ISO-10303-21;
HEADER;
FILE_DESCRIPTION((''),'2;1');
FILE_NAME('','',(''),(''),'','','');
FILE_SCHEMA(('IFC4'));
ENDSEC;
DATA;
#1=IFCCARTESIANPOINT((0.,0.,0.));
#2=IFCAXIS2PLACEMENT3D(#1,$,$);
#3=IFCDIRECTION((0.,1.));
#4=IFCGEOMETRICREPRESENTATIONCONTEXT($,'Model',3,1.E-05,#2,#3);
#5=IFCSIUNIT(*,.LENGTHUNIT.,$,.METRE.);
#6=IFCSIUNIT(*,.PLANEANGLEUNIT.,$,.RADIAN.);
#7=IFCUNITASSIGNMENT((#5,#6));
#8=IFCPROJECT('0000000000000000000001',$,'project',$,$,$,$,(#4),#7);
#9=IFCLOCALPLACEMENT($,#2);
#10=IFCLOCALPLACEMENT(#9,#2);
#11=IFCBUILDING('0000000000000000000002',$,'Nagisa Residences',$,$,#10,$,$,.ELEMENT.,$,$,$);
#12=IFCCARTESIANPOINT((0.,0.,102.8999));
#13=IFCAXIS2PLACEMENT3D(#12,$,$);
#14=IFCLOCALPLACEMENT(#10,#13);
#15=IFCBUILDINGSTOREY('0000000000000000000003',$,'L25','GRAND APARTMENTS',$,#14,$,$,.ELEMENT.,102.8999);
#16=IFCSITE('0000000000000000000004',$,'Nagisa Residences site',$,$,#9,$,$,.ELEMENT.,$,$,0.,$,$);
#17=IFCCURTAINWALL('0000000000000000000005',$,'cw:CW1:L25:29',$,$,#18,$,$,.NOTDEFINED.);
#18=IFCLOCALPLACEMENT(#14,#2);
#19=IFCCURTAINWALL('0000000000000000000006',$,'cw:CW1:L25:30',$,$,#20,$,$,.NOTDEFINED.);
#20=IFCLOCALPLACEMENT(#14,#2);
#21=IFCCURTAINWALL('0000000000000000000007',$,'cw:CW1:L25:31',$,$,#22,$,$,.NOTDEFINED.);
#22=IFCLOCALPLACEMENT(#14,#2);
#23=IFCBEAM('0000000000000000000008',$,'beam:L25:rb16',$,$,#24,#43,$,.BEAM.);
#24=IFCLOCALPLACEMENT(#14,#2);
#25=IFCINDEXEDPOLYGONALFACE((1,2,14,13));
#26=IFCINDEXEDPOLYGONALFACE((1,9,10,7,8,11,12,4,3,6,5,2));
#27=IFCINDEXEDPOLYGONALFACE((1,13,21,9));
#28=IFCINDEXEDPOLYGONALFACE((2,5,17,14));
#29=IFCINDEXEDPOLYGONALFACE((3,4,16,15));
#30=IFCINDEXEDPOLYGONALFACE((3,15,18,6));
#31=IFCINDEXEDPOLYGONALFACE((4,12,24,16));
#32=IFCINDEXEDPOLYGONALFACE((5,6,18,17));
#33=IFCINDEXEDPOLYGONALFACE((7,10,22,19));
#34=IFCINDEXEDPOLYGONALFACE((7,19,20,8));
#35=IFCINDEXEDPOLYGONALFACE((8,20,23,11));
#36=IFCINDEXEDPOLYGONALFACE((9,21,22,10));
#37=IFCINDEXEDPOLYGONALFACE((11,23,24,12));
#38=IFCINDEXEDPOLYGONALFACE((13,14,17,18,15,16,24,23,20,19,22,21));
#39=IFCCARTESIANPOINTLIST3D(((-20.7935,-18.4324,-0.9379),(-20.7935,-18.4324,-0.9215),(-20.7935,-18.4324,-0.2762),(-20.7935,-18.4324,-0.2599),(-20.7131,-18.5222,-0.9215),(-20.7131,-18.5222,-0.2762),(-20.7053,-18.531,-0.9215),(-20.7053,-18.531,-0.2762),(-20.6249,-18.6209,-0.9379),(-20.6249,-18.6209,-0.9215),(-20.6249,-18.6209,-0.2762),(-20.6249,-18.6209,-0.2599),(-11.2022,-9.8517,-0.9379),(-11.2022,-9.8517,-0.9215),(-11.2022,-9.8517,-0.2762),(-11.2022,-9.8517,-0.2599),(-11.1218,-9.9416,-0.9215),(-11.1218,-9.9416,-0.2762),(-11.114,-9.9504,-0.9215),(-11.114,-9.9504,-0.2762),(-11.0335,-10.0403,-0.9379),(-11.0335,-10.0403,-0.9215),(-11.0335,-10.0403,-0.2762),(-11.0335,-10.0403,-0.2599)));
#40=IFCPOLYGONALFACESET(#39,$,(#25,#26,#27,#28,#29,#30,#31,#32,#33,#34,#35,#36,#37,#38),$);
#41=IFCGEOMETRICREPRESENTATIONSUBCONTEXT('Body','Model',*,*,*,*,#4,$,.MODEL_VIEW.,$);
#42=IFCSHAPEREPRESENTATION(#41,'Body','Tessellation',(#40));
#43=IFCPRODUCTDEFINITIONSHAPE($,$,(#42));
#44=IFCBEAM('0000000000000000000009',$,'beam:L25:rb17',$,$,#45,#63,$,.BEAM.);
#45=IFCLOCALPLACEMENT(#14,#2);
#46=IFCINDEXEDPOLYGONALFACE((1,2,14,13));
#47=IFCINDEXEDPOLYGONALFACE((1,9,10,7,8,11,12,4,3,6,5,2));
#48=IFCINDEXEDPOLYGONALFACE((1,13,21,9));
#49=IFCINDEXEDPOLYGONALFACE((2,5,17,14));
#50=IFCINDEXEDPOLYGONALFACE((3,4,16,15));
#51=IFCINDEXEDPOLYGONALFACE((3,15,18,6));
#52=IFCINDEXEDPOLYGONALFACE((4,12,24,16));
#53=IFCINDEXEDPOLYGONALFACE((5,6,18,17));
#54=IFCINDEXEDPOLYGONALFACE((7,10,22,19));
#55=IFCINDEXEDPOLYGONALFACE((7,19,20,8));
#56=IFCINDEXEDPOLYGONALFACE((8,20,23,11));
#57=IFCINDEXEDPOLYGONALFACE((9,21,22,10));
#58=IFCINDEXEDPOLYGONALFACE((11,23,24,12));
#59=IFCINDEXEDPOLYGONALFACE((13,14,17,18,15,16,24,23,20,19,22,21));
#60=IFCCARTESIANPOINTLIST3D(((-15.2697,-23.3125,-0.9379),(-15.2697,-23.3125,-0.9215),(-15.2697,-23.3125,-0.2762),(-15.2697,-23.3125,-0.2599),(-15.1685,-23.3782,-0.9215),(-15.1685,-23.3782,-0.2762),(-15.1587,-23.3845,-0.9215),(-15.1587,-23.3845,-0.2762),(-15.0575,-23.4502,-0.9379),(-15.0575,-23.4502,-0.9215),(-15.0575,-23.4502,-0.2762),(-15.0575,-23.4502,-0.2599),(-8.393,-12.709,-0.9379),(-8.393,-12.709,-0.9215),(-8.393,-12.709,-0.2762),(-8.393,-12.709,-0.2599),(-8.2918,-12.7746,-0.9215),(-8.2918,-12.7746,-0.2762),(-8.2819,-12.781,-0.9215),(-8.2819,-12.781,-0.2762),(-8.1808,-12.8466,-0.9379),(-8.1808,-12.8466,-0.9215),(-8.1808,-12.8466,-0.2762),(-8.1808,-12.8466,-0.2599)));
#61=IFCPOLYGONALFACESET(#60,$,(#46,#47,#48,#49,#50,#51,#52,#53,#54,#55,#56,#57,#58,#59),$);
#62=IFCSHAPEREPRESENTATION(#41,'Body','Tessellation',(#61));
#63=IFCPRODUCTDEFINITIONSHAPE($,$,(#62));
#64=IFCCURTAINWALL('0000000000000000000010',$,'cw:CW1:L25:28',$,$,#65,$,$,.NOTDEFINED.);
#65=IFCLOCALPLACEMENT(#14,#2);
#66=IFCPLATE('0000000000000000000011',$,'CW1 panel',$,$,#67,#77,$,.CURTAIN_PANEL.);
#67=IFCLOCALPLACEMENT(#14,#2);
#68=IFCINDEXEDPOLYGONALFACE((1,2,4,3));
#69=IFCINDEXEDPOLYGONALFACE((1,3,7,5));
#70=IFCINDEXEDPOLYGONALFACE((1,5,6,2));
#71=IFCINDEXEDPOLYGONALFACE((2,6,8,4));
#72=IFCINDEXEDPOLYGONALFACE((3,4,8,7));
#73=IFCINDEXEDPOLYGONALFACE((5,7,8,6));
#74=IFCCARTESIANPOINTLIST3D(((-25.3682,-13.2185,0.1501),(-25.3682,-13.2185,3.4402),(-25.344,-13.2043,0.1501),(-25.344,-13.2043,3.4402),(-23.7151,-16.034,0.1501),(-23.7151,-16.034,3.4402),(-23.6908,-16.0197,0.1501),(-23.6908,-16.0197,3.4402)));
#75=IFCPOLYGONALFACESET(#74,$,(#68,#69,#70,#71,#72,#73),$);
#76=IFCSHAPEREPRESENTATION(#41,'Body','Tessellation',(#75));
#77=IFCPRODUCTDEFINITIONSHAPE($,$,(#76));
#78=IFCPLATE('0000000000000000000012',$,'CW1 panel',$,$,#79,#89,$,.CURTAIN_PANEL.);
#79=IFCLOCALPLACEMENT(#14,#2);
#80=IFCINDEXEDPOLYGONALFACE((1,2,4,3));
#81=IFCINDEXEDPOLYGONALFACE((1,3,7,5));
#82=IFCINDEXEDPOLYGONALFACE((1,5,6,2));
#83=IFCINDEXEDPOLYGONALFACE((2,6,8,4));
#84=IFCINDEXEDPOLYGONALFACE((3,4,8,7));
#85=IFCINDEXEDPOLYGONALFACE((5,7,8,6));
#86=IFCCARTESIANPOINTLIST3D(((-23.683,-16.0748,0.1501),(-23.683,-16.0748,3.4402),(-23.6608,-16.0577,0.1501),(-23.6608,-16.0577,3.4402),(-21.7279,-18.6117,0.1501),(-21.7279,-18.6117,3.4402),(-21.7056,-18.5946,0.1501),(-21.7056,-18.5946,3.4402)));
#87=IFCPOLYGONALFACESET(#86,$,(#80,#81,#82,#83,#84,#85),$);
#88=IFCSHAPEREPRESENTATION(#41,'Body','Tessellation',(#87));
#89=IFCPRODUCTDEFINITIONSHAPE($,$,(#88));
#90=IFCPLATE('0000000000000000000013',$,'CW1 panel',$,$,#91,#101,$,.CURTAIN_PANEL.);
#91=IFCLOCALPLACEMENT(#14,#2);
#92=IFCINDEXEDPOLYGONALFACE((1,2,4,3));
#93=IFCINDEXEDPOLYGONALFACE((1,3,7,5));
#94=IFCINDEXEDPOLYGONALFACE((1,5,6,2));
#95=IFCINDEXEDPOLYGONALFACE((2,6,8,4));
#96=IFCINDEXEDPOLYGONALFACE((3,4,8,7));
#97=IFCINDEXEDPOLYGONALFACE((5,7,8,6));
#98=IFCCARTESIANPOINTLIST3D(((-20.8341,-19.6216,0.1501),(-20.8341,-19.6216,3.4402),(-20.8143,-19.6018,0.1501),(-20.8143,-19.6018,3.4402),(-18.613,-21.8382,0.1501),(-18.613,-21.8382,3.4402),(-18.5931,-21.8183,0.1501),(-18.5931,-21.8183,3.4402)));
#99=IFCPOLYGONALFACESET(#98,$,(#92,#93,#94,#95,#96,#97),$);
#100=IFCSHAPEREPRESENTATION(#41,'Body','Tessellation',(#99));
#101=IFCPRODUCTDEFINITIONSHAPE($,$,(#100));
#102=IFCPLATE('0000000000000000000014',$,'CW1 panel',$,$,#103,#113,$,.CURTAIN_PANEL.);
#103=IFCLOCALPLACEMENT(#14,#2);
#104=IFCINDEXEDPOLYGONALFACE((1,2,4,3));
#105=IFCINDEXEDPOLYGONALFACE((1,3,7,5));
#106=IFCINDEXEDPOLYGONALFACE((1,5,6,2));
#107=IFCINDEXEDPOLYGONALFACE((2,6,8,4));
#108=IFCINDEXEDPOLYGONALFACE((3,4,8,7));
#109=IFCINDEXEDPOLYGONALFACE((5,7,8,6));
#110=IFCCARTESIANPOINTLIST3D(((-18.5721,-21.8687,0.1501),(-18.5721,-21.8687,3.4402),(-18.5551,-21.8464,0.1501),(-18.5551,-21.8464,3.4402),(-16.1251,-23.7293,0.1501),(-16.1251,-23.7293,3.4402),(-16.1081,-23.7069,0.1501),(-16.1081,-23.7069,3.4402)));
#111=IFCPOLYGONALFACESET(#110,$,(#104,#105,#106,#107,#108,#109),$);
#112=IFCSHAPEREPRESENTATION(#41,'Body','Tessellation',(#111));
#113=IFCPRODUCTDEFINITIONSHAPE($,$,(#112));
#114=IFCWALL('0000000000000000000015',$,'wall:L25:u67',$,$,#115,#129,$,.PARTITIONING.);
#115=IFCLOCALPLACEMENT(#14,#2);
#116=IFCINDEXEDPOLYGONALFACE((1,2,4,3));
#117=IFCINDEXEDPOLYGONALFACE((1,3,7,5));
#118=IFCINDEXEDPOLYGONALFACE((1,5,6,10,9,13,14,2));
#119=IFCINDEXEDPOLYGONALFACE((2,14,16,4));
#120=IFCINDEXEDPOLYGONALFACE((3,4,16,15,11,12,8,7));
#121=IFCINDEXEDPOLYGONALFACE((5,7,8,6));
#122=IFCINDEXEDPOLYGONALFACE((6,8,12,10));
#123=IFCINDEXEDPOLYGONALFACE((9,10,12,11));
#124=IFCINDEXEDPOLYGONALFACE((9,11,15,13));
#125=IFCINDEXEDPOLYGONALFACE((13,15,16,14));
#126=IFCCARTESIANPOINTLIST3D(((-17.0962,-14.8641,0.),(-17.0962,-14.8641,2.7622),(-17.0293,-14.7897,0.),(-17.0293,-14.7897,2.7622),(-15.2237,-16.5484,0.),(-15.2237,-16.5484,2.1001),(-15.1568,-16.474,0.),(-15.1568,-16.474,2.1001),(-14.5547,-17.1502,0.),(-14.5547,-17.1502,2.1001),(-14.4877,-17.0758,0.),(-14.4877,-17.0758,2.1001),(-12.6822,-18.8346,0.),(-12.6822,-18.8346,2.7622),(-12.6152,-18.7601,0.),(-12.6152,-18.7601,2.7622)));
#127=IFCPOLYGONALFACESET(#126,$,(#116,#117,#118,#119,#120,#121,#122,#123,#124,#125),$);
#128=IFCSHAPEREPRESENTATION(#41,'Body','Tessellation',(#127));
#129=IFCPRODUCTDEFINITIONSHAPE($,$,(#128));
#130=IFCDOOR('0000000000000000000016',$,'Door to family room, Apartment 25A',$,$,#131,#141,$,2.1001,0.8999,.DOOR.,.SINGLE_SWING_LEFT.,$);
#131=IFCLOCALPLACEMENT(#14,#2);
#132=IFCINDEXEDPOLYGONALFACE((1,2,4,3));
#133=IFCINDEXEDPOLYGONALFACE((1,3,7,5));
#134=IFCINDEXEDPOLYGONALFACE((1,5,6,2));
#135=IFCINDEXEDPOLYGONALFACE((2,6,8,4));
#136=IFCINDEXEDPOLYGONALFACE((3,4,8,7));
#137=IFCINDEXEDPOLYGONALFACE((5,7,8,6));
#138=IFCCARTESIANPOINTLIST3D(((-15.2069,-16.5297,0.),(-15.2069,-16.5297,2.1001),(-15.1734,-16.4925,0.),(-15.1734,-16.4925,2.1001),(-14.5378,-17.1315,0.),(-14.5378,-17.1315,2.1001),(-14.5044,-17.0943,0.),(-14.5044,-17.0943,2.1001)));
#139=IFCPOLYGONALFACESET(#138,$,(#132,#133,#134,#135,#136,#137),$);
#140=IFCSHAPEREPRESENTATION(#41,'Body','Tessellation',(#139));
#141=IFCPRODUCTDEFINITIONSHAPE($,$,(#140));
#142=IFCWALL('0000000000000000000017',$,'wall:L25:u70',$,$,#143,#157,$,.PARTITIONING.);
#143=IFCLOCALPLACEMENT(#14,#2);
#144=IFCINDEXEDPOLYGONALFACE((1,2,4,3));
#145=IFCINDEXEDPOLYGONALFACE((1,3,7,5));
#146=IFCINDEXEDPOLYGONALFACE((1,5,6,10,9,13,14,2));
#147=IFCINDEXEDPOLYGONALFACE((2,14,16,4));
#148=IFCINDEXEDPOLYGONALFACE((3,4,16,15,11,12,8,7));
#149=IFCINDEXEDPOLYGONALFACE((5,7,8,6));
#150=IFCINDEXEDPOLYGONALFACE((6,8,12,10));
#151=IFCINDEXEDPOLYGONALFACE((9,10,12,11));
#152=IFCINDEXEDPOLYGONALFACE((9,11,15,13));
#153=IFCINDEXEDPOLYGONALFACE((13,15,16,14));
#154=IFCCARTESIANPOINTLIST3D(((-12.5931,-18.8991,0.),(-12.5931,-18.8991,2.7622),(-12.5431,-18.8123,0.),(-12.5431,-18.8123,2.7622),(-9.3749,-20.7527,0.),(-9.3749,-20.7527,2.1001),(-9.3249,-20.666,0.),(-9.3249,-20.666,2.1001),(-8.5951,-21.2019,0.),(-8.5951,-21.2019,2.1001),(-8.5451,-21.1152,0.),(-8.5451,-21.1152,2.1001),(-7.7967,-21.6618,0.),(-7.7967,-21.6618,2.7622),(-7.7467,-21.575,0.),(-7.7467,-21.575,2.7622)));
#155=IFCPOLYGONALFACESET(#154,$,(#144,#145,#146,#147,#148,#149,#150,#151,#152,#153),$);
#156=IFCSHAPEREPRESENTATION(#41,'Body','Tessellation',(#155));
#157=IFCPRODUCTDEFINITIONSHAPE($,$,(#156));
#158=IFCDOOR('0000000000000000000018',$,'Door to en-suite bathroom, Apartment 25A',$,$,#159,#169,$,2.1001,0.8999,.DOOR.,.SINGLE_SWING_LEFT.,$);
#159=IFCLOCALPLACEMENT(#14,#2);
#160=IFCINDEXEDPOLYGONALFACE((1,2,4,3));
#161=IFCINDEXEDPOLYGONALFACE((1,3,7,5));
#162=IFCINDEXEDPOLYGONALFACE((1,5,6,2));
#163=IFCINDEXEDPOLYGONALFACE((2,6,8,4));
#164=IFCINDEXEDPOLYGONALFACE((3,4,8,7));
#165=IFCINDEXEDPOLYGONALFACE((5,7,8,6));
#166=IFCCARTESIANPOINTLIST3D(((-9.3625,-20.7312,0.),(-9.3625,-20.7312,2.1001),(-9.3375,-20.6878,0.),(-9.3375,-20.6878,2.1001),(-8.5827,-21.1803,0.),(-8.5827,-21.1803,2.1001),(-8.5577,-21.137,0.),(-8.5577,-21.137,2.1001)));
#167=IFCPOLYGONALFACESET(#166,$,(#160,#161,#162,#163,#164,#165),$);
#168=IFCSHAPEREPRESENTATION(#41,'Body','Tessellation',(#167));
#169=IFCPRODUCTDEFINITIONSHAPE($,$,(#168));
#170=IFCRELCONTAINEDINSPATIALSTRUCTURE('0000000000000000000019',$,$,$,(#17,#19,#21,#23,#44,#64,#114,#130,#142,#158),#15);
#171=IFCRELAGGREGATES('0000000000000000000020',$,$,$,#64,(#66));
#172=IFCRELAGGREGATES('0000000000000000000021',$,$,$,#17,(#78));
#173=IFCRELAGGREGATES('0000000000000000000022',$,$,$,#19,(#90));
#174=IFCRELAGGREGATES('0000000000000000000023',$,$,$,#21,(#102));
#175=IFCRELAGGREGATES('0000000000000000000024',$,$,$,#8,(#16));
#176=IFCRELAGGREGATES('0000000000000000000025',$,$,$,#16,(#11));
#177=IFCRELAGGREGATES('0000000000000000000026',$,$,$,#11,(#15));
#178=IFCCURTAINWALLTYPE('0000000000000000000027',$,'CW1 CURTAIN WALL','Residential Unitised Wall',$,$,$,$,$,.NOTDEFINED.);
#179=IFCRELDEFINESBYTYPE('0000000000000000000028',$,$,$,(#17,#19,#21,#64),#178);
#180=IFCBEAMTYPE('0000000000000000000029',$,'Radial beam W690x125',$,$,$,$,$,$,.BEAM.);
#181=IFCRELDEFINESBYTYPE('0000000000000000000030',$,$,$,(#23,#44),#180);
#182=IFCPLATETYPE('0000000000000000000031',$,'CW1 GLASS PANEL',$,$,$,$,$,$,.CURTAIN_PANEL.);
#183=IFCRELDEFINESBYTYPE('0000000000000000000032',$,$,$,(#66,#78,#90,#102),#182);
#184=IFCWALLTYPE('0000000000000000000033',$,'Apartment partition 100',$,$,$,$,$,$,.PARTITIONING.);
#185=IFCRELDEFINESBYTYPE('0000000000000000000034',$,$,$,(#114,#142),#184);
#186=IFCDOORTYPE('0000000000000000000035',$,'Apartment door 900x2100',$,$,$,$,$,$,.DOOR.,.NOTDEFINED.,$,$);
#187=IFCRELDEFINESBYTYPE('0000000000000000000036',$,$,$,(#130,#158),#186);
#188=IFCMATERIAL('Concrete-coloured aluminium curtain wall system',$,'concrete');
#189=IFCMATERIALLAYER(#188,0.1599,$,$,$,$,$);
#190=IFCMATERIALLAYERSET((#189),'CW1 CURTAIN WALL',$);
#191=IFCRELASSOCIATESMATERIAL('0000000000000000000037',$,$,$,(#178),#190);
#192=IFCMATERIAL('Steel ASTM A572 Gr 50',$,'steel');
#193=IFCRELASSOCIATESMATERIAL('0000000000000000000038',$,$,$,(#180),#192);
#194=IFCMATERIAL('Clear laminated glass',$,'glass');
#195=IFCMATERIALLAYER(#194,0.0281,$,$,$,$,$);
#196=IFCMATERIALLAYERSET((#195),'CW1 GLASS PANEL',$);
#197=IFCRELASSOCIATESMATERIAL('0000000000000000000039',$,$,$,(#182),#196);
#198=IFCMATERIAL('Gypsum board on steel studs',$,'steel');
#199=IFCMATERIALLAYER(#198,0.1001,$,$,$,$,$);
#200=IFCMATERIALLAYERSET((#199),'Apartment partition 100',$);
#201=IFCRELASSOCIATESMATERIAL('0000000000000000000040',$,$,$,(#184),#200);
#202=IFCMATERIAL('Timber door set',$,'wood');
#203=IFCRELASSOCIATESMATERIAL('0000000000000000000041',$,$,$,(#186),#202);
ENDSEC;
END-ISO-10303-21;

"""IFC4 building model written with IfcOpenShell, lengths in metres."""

from ifc_helpers import new_model, si_unit, direction, frame, frame_2d, origin, origin_2d, place, context, subcontext, project, spatial, rectangle, i_section, extrude, material, layer, layer_set, material_profile, profile_set, type_object, element, fill, aggregate, save


model = new_model("IFC4")

# Units and contexts
model_context = context("Model", 3, precision=1e-05, world=origin(), true_north=direction((0.0, 1.0)))
body_context = subcontext(model_context, "Body", "Model", "MODEL_VIEW")
ifc_project = project(units=[si_unit("LENGTHUNIT", "METRE"), si_unit("PLANEANGLEUNIT", "RADIAN")], contexts=[model_context])

# Site, building, storey
site_placement = place(None, origin())
site = spatial("IfcSite", under=ifc_project, at=site_placement, Name="Nagisa Residences site", CompositionType="ELEMENT", RefElevation=0.0)
building_placement = place(site_placement, origin())
building = spatial("IfcBuilding", under=site, at=building_placement, Name="Nagisa Residences", CompositionType="ELEMENT")
storey_placement = place(building_placement, frame((0.0, 0.0, 102.8999)))
storey = spatial("IfcBuildingStorey", under=building, at=storey_placement, Name="L25", Description="GRAND APARTMENTS", CompositionType="ELEMENT", Elevation=102.8999)

# Curtain walls
ifc_material_1 = material(Name="Concrete-coloured aluminium curtain wall system", Category="concrete")
ifc_layer_1 = layer(ifc_material_1, 0.1599)
ifc_layer_set_1 = layer_set([ifc_layer_1], Name="CW1 CURTAIN WALL")
curtain_wall_type = type_object("IfcCurtainWallType", Name="CW1 CURTAIN WALL", Description="Residential Unitised Wall", PredefinedType="NOTDEFINED", material=ifc_layer_set_1)
curtain_wall_1_placement = place(storey_placement, origin())
curtain_wall_1 = element("IfcCurtainWall", 1, at=curtain_wall_1_placement, inside=storey, type_object=curtain_wall_type, Name="cw:CW1:L25:29", PredefinedType="NOTDEFINED")
curtain_wall_2_placement = place(storey_placement, origin())
curtain_wall_2 = element("IfcCurtainWall", 2, at=curtain_wall_2_placement, inside=storey, type_object=curtain_wall_type, Name="cw:CW1:L25:30", PredefinedType="NOTDEFINED")
curtain_wall_3_placement = place(storey_placement, origin())
curtain_wall_3 = element("IfcCurtainWall", 3, at=curtain_wall_3_placement, inside=storey, type_object=curtain_wall_type, Name="cw:CW1:L25:31", PredefinedType="NOTDEFINED")

# Beams
ifc_material_2 = material(Name="Steel ASTM A572 Gr 50", Category="steel")
ifc_material_profile_1 = material_profile(ifc_material_2, i_section(OverallWidth=0.2529, OverallDepth=0.678, WebThickness=0.0117, FlangeThickness=0.0164, at=origin_2d()), Name="W690x125")
ifc_profile_set_1 = profile_set([ifc_material_profile_1], Name="Steel ASTM A572 Gr 50")
beam_type_1 = type_object("IfcBeamType", Name="Radial beam W690x125", PredefinedType="BEAM", material=ifc_profile_set_1)
beam_1_placement = place(storey_placement, frame((-20.7092, -18.5266, -0.5989), z_axis=(0.745285, 0.666746, 0.0), x_axis=(-0.666746, 0.745285, 0.0)))
element("IfcBeam", 4, at=beam_1_placement, inside=storey, type_object=beam_type_1, Name="beam:L25:rb16", PredefinedType="BEAM", context=body_context, shape_type="SweptSolid", body=[
    extrude(i_section(OverallWidth=0.2529, OverallDepth=0.678, WebThickness=0.0117, FlangeThickness=0.0164, at=origin_2d()), origin(), (0.0, 0.0, 1.0), 12.8694),
])
beam_2_placement = place(storey_placement, frame((-15.1636, -23.3813, -0.5989), z_axis=(0.544122, 0.839006, 0.0), x_axis=(-0.839006, 0.544122, 0.0)))
element("IfcBeam", 5, at=beam_2_placement, inside=storey, type_object=beam_type_1, Name="beam:L25:rb17", PredefinedType="BEAM", context=body_context, shape_type="SweptSolid", body=[
    extrude(i_section(OverallWidth=0.2529, OverallDepth=0.678, WebThickness=0.0117, FlangeThickness=0.0164, at=origin_2d()), origin(), (0.0, 0.0, 1.0), 12.6382),
])

# Curtain wall, plate
curtain_wall_4_placement = place(storey_placement, origin())
curtain_wall_4 = element("IfcCurtainWall", 6, at=curtain_wall_4_placement, inside=storey, type_object=curtain_wall_type, Name="cw:CW1:L25:28", PredefinedType="NOTDEFINED")
ifc_material_3 = material(Name="Clear laminated glass", Category="glass")
ifc_layer_2 = layer(ifc_material_3, 0.0281)
ifc_layer_set_2 = layer_set([ifc_layer_2], Name="CW1 GLASS PANEL")
plate_type = type_object("IfcPlateType", Name="CW1 GLASS PANEL", PredefinedType="CURTAIN_PANEL", material=ifc_layer_set_2)
plate_1_placement = place(storey_placement, frame((-24.5295, -14.6191, 0.1501), z_axis=(0.0, 0.0, 1.0), x_axis=(0.506349, -0.862329, 0.0)))
plate_1 = element("IfcPlate", 7, at=plate_1_placement, type_object=plate_type, Name="CW1 panel", PredefinedType="CURTAIN_PANEL", context=body_context, shape_type="SweptSolid", body=[
    extrude(rectangle(XDim=3.2649, YDim=0.0281, at=origin_2d()), origin(), (0.0, 0.0, 1.0), 3.29),
])
aggregate(curtain_wall_4, [plate_1])

# Plates
plate_2_placement = place(storey_placement, frame((-22.6943, -17.3347, 0.1501), z_axis=(0.0, 0.0, 1.0), x_axis=(0.61043, -0.79207, 0.0)))
plate_2 = element("IfcPlate", 8, at=plate_2_placement, type_object=plate_type, Name="CW1 panel", PredefinedType="CURTAIN_PANEL", context=body_context, shape_type="SweptSolid", body=[
    extrude(rectangle(XDim=3.2029, YDim=0.0281, at=origin_2d()), origin(), (0.0, 0.0, 1.0), 3.29),
])
aggregate(curtain_wall_1, [plate_2])
plate_3_placement = place(storey_placement, frame((-19.7136, -20.72, 0.1501), z_axis=(0.0, 0.0, 1.0), x_axis=(0.707836, -0.706377, 0.0)))
plate_3 = element("IfcPlate", 9, at=plate_3_placement, type_object=plate_type, Name="CW1 panel", PredefinedType="CURTAIN_PANEL", context=body_context, shape_type="SweptSolid", body=[
    extrude(rectangle(XDim=3.1379, YDim=0.0281, at=origin_2d()), origin(), (0.0, 0.0, 1.0), 3.29),
])
aggregate(curtain_wall_2, [plate_3])
plate_4_placement = place(storey_placement, frame((-17.3401, -22.7878, 0.1501), z_axis=(0.0, 0.0, 1.0), x_axis=(0.796031, -0.605255, 0.0)))
plate_4 = element("IfcPlate", 10, at=plate_4_placement, type_object=plate_type, Name="CW1 panel", PredefinedType="CURTAIN_PANEL", context=body_context, shape_type="SweptSolid", body=[
    extrude(rectangle(XDim=3.074, YDim=0.0281, at=origin_2d()), origin(), (0.0, 0.0, 1.0), 3.29),
])
aggregate(curtain_wall_3, [plate_4])

# Walls, openings, doors
ifc_material_4 = material(Name="Gypsum board on steel studs", Category="steel")
ifc_layer_3 = layer(ifc_material_4, 0.1001)
ifc_layer_set_3 = layer_set([ifc_layer_3], Name="Apartment partition 100")
wall_type_1 = type_object("IfcWallType", Name="Apartment partition 100", PredefinedType="PARTITIONING", material=ifc_layer_set_3)
wall_1_placement = place(storey_placement, frame((-17.0627, -14.8269, 0.0), z_axis=(0.0, 0.0, 1.0), x_axis=(0.743478, -0.66876, 0.0)))
wall_1 = element("IfcWall", 11, at=wall_1_placement, inside=storey, type_object=wall_type_1, Name="wall:L25:u67", PredefinedType="PARTITIONING", context=body_context, shape_type="SweptSolid", body=[
    extrude(rectangle(XDim=5.937, YDim=0.1001, at=frame_2d((2.9685, 0.0))), origin(), (0.0, 0.0, 1.0), 2.7622),
])
opening_1_placement = place(wall_1_placement, frame((2.5186, 0.0, 0.0)))
opening_1 = element("IfcOpeningElement", 12, at=opening_1_placement, cuts=wall_1, PredefinedType="OPENING", context=body_context, shape_type="SweptSolid", body=[
    extrude(rectangle(XDim=0.8999, YDim=2.1001, at=frame_2d((0.45, 1.05))), frame((0.0, 0.0601, 0.0), z_axis=(0.0, -1.0, 0.0), x_axis=(1.0, 0.0, 0.0)), (0.0, 0.0, 1.0), 0.1201),
])
ifc_material_5 = material(Name="Timber door set", Category="wood")
door_type_1 = type_object("IfcDoorType", Name="Apartment door 900x2100", OperationType="NOTDEFINED", PredefinedType="DOOR", material=ifc_material_5)
door_1_placement = place(opening_1_placement, frame((0.8999, 0.0, 0.0), x_axis=(-1.0, 0.0, 0.0)))
door_1 = element("IfcDoor", 13, at=door_1_placement, inside=storey, type_object=door_type_1, Name="Door to family room, Apartment 25A", OperationType="SINGLE_SWING_LEFT", OverallHeight=2.1001, OverallWidth=0.8999, PredefinedType="DOOR", context=body_context, shape_type="SweptSolid", body=[
    extrude(rectangle(XDim=0.8999, YDim=2.1001, at=frame_2d((0.45, 1.05))), frame((0.0, 0.0249, 0.0), z_axis=(0.0, -1.0, 0.0), x_axis=(1.0, 0.0, 0.0)), (0.0, 0.0, 1.0), 0.05),
])
fill(opening_1, door_1)
wall_2_placement = place(storey_placement, frame((-12.5681, -18.8557, 0.0), z_axis=(0.0, 0.0, 1.0), x_axis=(0.866533, -0.499119, 0.0)))
wall_2 = element("IfcWall", 14, at=wall_2_placement, inside=storey, type_object=wall_type_1, Name="wall:L25:u70", PredefinedType="PARTITIONING", context=body_context, shape_type="SweptSolid", body=[
    extrude(rectangle(XDim=5.5352, YDim=0.1001, at=frame_2d((2.7676, 0.0))), origin(), (0.0, 0.0, 1.0), 2.7622),
])
opening_2_placement = place(wall_2_placement, frame((3.7139, 0.0, 0.0)))
opening_2 = element("IfcOpeningElement", 15, at=opening_2_placement, cuts=wall_2, PredefinedType="OPENING", context=body_context, shape_type="SweptSolid", body=[
    extrude(rectangle(XDim=0.8999, YDim=2.1001, at=frame_2d((0.45, 1.05))), frame((0.0, 0.0601, 0.0), z_axis=(0.0, -1.0, 0.0), x_axis=(1.0, 0.0, 0.0)), (0.0, 0.0, 1.0), 0.1201),
])
door_2_placement = place(opening_2_placement, origin())
door_2 = element("IfcDoor", 16, at=door_2_placement, inside=storey, type_object=door_type_1, Name="Door to en-suite bathroom, Apartment 25A", OperationType="SINGLE_SWING_LEFT", OverallHeight=2.1001, OverallWidth=0.8999, PredefinedType="DOOR", context=body_context, shape_type="SweptSolid", body=[
    extrude(rectangle(XDim=0.8999, YDim=2.1001, at=frame_2d((0.45, 1.05))), frame((0.0, 0.0249, 0.0), z_axis=(0.0, -1.0, 0.0), x_axis=(1.0, 0.0, 0.0)), (0.0, 0.0, 1.0), 0.05),
])
fill(opening_2, door_2)

save(model, "model.ifc")
